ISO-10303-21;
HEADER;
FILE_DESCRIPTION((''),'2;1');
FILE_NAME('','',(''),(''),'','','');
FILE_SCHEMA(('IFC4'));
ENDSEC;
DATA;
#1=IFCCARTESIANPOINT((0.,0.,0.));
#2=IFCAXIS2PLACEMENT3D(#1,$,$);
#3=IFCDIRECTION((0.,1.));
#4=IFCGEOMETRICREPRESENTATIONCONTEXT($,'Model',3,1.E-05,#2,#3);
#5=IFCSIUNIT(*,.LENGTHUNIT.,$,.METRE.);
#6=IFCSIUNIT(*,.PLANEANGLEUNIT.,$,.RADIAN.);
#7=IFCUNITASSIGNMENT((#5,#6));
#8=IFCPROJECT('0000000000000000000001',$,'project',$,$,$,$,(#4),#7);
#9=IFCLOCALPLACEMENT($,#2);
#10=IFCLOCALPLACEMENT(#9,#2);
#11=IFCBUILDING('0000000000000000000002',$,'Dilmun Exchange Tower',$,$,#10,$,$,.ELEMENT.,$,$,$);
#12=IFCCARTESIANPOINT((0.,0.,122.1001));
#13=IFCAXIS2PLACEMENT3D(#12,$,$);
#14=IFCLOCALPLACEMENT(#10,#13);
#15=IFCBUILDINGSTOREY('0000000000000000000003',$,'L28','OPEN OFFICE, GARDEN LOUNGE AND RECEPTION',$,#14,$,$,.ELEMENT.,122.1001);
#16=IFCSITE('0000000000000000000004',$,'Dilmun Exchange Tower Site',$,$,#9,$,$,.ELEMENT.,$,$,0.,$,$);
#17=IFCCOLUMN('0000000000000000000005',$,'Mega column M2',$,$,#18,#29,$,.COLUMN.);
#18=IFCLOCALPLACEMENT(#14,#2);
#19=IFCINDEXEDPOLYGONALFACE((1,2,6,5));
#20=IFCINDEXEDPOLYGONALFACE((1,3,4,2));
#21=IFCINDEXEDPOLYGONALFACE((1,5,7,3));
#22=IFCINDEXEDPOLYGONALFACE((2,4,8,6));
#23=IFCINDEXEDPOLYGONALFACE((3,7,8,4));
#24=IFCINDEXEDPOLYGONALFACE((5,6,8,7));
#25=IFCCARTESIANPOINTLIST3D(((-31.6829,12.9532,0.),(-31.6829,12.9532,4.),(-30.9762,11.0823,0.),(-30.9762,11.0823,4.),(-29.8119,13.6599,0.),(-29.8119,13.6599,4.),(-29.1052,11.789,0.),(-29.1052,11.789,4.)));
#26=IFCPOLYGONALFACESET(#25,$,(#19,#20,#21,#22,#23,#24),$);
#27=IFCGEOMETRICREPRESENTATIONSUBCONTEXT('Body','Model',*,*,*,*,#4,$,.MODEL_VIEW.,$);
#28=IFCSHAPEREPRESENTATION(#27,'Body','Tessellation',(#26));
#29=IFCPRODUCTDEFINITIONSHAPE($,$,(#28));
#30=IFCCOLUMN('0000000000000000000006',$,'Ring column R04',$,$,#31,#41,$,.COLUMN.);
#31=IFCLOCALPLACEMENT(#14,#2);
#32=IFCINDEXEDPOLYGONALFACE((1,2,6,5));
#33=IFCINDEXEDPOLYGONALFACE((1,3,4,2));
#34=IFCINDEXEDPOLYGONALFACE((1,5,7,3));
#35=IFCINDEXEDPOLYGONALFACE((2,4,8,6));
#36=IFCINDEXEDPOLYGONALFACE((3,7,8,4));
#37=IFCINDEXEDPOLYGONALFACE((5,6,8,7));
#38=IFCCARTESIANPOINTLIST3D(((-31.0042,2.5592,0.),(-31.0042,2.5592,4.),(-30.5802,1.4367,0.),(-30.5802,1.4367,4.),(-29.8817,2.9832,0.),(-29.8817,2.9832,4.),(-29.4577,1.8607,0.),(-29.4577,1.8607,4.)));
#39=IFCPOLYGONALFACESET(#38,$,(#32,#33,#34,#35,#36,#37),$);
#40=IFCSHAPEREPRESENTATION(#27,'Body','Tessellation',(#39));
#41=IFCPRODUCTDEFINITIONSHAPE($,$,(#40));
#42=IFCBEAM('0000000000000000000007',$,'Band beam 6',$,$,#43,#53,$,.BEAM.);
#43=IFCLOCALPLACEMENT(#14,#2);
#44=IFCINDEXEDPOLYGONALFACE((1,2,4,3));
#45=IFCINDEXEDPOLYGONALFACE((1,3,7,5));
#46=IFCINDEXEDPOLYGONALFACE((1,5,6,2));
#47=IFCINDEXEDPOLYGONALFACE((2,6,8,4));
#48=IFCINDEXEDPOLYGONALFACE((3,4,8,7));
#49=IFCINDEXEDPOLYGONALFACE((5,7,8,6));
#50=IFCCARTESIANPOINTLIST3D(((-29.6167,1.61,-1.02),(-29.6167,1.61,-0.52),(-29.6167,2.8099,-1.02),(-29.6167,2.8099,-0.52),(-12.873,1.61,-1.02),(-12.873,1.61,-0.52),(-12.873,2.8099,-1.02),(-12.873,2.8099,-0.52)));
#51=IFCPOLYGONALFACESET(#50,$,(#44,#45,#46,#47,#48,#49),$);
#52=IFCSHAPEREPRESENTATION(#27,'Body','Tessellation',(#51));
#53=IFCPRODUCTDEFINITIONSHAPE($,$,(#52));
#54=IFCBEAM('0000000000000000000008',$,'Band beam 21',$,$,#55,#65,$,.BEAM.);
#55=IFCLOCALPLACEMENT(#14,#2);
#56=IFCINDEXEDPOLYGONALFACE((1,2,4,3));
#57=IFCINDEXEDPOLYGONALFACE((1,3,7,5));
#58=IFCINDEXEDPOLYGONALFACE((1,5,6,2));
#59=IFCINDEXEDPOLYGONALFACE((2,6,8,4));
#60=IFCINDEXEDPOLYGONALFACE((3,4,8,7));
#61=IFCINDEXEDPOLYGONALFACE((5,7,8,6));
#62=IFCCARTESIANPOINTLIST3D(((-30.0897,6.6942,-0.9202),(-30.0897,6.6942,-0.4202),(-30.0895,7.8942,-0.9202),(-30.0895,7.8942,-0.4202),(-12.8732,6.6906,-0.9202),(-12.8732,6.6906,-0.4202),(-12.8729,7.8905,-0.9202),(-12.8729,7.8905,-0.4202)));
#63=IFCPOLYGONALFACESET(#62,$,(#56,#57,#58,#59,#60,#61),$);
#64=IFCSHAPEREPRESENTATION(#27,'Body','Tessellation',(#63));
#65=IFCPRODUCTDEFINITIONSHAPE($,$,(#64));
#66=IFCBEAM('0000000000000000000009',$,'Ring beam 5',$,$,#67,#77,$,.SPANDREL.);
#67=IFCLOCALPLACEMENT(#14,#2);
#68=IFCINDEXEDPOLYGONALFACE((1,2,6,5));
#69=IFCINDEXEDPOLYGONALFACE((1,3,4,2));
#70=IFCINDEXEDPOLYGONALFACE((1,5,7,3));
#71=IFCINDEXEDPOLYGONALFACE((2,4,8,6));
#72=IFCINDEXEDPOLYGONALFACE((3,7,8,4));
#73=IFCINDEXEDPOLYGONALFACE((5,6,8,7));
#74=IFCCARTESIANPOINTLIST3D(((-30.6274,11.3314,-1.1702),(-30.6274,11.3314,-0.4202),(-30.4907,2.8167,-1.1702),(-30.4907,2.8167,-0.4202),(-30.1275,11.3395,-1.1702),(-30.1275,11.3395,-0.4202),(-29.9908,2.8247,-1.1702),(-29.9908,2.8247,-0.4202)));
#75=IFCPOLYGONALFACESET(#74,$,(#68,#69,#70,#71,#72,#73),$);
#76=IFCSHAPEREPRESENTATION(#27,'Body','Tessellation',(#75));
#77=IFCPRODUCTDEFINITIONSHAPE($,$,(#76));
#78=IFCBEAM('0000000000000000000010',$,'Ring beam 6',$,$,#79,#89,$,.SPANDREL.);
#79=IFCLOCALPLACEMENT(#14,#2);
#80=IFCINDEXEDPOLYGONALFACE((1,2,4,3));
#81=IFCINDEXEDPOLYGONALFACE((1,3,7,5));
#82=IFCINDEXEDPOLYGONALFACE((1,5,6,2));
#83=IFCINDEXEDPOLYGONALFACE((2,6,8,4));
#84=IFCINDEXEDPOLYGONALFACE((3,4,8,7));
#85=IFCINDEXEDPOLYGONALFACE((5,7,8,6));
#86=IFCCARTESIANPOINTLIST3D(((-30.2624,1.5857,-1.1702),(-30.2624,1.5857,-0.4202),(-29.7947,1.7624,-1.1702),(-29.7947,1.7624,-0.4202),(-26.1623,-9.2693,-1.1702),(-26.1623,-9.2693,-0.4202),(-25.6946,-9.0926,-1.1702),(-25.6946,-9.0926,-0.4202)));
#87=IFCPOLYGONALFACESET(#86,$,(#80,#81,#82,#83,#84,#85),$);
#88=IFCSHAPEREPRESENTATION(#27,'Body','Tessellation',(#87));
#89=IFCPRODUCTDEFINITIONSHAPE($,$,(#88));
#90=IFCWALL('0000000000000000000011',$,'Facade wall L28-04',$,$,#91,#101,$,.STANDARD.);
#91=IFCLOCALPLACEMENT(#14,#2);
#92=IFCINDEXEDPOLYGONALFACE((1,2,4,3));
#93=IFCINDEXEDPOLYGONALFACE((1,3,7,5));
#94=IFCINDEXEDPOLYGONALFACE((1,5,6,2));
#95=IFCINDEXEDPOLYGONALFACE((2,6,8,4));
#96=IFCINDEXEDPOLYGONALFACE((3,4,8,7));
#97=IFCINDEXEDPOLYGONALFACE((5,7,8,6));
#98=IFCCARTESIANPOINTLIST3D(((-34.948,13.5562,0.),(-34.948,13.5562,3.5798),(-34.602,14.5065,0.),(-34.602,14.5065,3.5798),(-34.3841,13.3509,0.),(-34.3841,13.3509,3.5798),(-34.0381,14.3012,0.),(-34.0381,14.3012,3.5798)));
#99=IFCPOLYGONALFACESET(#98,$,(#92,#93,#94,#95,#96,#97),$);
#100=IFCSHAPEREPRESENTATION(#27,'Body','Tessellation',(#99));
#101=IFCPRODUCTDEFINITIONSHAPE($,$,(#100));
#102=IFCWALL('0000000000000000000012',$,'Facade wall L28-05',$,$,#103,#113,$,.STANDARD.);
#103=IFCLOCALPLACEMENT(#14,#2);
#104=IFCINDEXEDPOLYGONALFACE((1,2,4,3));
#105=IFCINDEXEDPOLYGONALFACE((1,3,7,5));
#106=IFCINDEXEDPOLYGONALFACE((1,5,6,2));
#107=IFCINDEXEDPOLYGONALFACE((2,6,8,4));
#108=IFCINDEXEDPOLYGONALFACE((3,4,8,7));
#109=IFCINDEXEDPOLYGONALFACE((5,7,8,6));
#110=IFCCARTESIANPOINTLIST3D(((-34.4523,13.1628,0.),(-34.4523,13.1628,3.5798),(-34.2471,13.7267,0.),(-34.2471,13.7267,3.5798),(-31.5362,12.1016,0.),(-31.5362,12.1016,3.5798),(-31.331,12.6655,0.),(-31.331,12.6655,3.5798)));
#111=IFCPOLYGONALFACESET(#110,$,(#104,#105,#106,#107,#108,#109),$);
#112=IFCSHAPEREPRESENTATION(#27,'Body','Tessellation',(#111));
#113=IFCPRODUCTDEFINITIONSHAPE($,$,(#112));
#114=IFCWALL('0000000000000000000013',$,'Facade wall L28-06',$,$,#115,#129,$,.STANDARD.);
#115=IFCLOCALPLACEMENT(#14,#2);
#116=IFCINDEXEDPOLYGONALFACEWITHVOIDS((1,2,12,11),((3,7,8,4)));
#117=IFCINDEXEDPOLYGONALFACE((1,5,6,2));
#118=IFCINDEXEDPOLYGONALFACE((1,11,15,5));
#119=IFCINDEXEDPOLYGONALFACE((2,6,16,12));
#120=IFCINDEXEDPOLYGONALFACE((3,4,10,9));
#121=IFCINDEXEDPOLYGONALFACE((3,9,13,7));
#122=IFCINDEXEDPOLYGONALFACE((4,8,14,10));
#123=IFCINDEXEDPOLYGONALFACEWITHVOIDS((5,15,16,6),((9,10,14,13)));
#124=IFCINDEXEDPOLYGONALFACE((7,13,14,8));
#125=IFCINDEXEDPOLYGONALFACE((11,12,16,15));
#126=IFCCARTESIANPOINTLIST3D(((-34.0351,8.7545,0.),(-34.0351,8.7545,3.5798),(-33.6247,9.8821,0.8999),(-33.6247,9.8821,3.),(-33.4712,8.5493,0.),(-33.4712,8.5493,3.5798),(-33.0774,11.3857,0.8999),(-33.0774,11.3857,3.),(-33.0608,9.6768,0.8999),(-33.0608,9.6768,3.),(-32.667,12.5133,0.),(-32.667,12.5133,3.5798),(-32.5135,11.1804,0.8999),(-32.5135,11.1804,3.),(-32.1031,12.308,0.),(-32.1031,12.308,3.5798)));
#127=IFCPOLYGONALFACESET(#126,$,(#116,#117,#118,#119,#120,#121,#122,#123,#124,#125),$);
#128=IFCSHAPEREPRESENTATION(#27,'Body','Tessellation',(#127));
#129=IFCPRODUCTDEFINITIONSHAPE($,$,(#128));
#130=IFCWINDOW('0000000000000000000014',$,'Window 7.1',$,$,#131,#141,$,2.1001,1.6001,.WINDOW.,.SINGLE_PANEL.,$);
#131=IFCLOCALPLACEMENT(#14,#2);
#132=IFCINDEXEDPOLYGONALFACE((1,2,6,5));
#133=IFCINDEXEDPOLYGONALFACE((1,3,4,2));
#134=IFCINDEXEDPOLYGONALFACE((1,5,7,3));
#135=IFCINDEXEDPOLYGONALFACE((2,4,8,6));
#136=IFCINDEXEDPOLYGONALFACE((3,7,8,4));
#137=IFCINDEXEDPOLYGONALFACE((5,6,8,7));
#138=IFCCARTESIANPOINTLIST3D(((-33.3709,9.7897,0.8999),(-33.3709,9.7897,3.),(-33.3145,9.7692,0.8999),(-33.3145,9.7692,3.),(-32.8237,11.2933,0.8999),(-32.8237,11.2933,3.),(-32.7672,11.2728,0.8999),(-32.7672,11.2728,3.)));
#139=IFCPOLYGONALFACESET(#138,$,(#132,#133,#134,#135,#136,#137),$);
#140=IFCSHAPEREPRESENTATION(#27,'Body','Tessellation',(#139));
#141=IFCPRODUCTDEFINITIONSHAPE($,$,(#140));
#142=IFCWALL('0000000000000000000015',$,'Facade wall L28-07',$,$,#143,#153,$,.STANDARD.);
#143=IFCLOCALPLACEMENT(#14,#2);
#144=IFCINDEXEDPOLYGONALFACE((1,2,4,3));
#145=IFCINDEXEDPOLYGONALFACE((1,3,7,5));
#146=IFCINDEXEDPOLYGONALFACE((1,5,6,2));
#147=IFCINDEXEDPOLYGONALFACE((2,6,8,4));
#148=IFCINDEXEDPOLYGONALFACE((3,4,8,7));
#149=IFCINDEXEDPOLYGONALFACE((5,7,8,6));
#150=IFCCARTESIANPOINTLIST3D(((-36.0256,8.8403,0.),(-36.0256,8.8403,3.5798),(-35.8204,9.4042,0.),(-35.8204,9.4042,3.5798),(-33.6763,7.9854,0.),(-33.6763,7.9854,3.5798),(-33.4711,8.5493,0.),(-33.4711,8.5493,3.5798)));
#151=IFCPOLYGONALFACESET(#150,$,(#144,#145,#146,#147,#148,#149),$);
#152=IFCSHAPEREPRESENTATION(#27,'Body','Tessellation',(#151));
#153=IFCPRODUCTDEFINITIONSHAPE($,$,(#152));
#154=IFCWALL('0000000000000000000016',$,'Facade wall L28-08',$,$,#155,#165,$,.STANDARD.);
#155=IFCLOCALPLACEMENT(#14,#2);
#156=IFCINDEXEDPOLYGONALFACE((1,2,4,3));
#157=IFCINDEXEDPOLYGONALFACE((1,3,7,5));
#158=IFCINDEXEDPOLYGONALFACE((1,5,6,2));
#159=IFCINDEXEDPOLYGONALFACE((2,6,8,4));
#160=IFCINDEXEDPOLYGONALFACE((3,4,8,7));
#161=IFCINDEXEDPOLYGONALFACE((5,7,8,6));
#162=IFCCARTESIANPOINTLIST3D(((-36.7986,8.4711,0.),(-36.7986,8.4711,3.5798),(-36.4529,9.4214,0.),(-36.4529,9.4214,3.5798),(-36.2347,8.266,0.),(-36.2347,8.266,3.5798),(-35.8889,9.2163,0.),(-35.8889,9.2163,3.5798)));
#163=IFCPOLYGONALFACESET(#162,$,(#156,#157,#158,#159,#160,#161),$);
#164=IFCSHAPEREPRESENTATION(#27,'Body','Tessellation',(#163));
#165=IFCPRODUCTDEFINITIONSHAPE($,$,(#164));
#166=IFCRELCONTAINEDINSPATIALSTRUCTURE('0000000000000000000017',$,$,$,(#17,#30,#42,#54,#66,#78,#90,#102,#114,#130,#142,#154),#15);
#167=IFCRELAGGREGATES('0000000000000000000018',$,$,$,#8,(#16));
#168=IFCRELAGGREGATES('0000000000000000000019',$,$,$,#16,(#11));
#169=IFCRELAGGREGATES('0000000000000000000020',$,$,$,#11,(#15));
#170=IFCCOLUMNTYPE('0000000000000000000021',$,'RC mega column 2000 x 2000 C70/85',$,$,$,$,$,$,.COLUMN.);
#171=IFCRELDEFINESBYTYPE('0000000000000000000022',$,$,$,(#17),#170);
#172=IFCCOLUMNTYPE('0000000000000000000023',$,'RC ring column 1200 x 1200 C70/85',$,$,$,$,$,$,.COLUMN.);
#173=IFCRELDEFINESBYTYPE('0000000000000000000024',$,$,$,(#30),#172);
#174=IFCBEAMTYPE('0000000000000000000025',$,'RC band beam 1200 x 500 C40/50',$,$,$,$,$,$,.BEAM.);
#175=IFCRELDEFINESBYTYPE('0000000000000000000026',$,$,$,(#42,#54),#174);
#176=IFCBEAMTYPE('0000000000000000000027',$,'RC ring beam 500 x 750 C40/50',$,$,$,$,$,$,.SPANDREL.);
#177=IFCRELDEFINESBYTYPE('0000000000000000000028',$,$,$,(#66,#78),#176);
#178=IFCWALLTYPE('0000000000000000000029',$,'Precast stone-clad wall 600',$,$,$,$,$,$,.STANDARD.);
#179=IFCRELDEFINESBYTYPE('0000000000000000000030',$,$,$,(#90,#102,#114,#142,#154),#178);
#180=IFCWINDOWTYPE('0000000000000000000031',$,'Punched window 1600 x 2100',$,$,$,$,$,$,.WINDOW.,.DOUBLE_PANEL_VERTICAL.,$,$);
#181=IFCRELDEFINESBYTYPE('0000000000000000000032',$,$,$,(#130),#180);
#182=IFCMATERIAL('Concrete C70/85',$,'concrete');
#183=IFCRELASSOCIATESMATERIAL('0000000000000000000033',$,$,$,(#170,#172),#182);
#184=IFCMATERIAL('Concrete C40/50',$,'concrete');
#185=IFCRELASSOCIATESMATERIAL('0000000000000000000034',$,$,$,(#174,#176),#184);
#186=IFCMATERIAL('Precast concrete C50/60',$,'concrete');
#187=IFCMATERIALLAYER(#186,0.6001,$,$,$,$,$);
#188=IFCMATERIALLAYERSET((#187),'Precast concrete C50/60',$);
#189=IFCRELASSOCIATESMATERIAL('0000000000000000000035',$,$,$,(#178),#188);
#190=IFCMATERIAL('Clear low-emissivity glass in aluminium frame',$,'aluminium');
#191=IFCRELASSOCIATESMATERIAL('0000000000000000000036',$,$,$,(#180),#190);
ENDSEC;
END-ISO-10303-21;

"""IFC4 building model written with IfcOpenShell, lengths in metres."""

from ifc_helpers import new_model, si_unit, direction, frame, frame_2d, origin, origin_2d, place, context, subcontext, project, spatial, rectangle, extrude, material, layer, layer_set, material_profile, profile_set, type_object, element, fill, save


model = new_model("IFC4")

# Units and contexts
model_context = context("Model", 3, precision=1e-05, world=origin(), true_north=direction((0.0, 1.0)))
body_context = subcontext(model_context, "Body", "Model", "MODEL_VIEW")
ifc_project = project(units=[si_unit("LENGTHUNIT", "METRE"), si_unit("PLANEANGLEUNIT", "RADIAN")], contexts=[model_context])

# Site, building, storey
site_placement = place(None, origin())
site = spatial("IfcSite", under=ifc_project, at=site_placement, Name="Dilmun Exchange Tower Site", CompositionType="ELEMENT", RefElevation=0.0)
building_placement = place(site_placement, origin())
building = spatial("IfcBuilding", under=site, at=building_placement, Name="Dilmun Exchange Tower", CompositionType="ELEMENT")
storey_placement = place(building_placement, frame((0.0, 0.0, 122.1001)))
storey = spatial("IfcBuildingStorey", under=building, at=storey_placement, Name="L28", Description="OPEN OFFICE, GARDEN LOUNGE AND RECEPTION", CompositionType="ELEMENT", Elevation=122.1001)

# Columns
ifc_material_1 = material(Name="Concrete C70/85", Category="concrete")
ifc_material_profile_1 = material_profile(ifc_material_1, rectangle(XDim=2.0, YDim=2.0, at=origin_2d()), Name="2000 x 2000")
ifc_profile_set_1 = profile_set([ifc_material_profile_1], Name="Concrete C70/85")
column_type_1 = type_object("IfcColumnType", Name="RC mega column 2000 x 2000 C70/85", PredefinedType="COLUMN", material=ifc_profile_set_1)
column_1_placement = place(storey_placement, frame((-30.394, 12.3711, 0.0), z_axis=(0.0, 0.0, 1.0), x_axis=(0.935492, 0.353349, 0.0)))
element("IfcColumn", 1, at=column_1_placement, inside=storey, type_object=column_type_1, Name="Mega column M2", PredefinedType="COLUMN", context=body_context, shape_type="SweptSolid", body=[
    extrude(rectangle(XDim=2.0, YDim=2.0, at=origin_2d()), origin(), (0.0, 0.0, 1.0), 4.0),
])
ifc_material_profile_2 = material_profile(ifc_material_1, rectangle(XDim=1.2, YDim=1.2, at=origin_2d()), Name="1200 x 1200")
ifc_profile_set_2 = profile_set([ifc_material_profile_2], Name="Concrete C70/85")
column_type_2 = type_object("IfcColumnType", Name="RC ring column 1200 x 1200 C70/85", PredefinedType="COLUMN", material=ifc_profile_set_2)
column_2_placement = place(storey_placement, frame((-30.231, 2.21, 0.0), z_axis=(0.0, 0.0, 1.0), x_axis=(0.935492, 0.353349, 0.0)))
element("IfcColumn", 2, at=column_2_placement, inside=storey, type_object=column_type_2, Name="Ring column R04", PredefinedType="COLUMN", context=body_context, shape_type="SweptSolid", body=[
    extrude(rectangle(XDim=1.2, YDim=1.2, at=origin_2d()), origin(), (0.0, 0.0, 1.0), 4.0),
])

# Beams
ifc_material_2 = material(Name="Concrete C40/50", Category="concrete")
ifc_material_profile_3 = material_profile(ifc_material_2, rectangle(XDim=1.2, YDim=0.5, at=origin_2d()), Name="1200 x 500")
ifc_profile_set_3 = profile_set([ifc_material_profile_3], Name="Concrete C40/50")
beam_type_1 = type_object("IfcBeamType", Name="RC band beam 1200 x 500 C40/50", PredefinedType="BEAM", material=ifc_profile_set_3)
beam_1_placement = place(storey_placement, frame((-29.6167, 2.21, -0.77), z_axis=(1.0, 0.0, 0.0), x_axis=(0.0, 1.0, 0.0)))
element("IfcBeam", 3, at=beam_1_placement, inside=storey, type_object=beam_type_1, Name="Band beam 6", PredefinedType="BEAM", context=body_context, shape_type="SweptSolid", body=[
    extrude(rectangle(XDim=1.2, YDim=0.5, at=origin_2d()), origin(), (0.0, 0.0, 1.0), 16.7437),
])
beam_2_placement = place(storey_placement, frame((-30.0896, 7.2942, -0.6702), z_axis=(1.0, -0.000213, 0.0), x_axis=(0.000213, 1.0, 0.0)))
element("IfcBeam", 4, at=beam_2_placement, inside=storey, type_object=beam_type_1, Name="Band beam 21", PredefinedType="BEAM", context=body_context, shape_type="SweptSolid", body=[
    extrude(rectangle(XDim=1.2, YDim=0.5, at=origin_2d()), origin(), (0.0, 0.0, 1.0), 17.2166),
])
ifc_material_profile_4 = material_profile(ifc_material_2, rectangle(XDim=0.5, YDim=0.75, at=origin_2d()), Name="500 x 750")
ifc_profile_set_4 = profile_set([ifc_material_profile_4], Name="Concrete C40/50")
beam_type_2 = type_object("IfcBeamType", Name="RC ring beam 500 x 750 C40/50", PredefinedType="SPANDREL", material=ifc_profile_set_4)
beam_3_placement = place(storey_placement, frame((-30.3774, 11.3354, -0.7952), z_axis=(0.016054, -0.999871, 0.0), x_axis=(0.999871, 0.016054, 0.0)))
element("IfcBeam", 5, at=beam_3_placement, inside=storey, type_object=beam_type_2, Name="Ring beam 5", PredefinedType="SPANDREL", context=body_context, shape_type="SweptSolid", body=[
    extrude(rectangle(XDim=0.5, YDim=0.75, at=origin_2d()), origin(), (0.0, 0.0, 1.0), 8.5159),
])
beam_4_placement = place(storey_placement, frame((-30.0286, 1.6741, -0.7952), z_axis=(0.35335, -0.935491, 0.0), x_axis=(0.935491, 0.35335, 0.0)))
element("IfcBeam", 6, at=beam_4_placement, inside=storey, type_object=beam_type_2, Name="Ring beam 6", PredefinedType="SPANDREL", context=body_context, shape_type="SweptSolid", body=[
    extrude(rectangle(XDim=0.5, YDim=0.75, at=origin_2d()), origin(), (0.0, 0.0, 1.0), 11.6035),
])

# Walls
ifc_material_3 = material(Name="Precast concrete C50/60", Category="concrete")
ifc_layer = layer(ifc_material_3, 0.6001)
ifc_layer_set = layer_set([ifc_layer], Name="Precast concrete C50/60")
wall_type = type_object("IfcWallType", Name="Precast stone-clad wall 600", PredefinedType="STANDARD", material=ifc_layer_set)
wall_1_placement = place(storey_placement, frame((-34.3201, 14.4038, 0.0), z_axis=(0.0, 0.0, 1.0), x_axis=(-0.342111, -0.939659, 0.0)))
element("IfcWall", 7, at=wall_1_placement, inside=storey, type_object=wall_type, Name="Facade wall L28-04", PredefinedType="STANDARD", context=body_context, shape_type="SweptSolid", body=[
    extrude(rectangle(XDim=1.0112, YDim=0.6001, at=frame_2d((0.5056, 0.0))), origin(), (0.0, 0.0, 1.0), 3.5798),
])
wall_2_placement = place(storey_placement, frame((-34.3499, 13.4448, 0.0), z_axis=(0.0, 0.0, 1.0), x_axis=(0.939708, -0.341977, 0.0)))
element("IfcWall", 8, at=wall_2_placement, inside=storey, type_object=wall_type, Name="Facade wall L28-05", PredefinedType="STANDARD", context=body_context, shape_type="SweptSolid", body=[
    extrude(rectangle(XDim=3.1033, YDim=0.6001, at=frame_2d((1.5518, 0.0))), origin(), (0.0, 0.0, 1.0), 3.5798),
])

# Wall, opening, window
wall_3_placement = place(storey_placement, frame((-32.385, 12.4106, 0.0), z_axis=(0.0, 0.0, 1.0), x_axis=(-0.342037, -0.939686, 0.0)))
wall_3 = element("IfcWall", 9, at=wall_3_placement, inside=storey, type_object=wall_type, Name="Facade wall L28-06", PredefinedType="STANDARD", context=body_context, shape_type="SweptSolid", body=[
    extrude(rectangle(XDim=4.0, YDim=0.6001, at=frame_2d((2.0, 0.0))), origin(), (0.0, 0.0, 1.0), 3.5798),
])
opening_1_placement = place(wall_3_placement, frame((1.2, 0.0, 0.8999)))
opening_1 = element("IfcOpeningElement", 10, at=opening_1_placement, cuts=wall_3, PredefinedType="OPENING", context=body_context, shape_type="SweptSolid", body=[
    extrude(rectangle(XDim=1.6001, YDim=2.1001, at=frame_2d((0.8, 1.05))), frame((0.0, 0.3101, 0.0), z_axis=(0.0, -1.0, 0.0), x_axis=(1.0, 0.0, 0.0)), (0.0, 0.0, 1.0), 0.6201),
])
ifc_material_4 = material(Name="Clear low-emissivity glass in aluminium frame", Category="aluminium")
window_type_1 = type_object("IfcWindowType", Name="Punched window 1600 x 2100", PartitioningType="DOUBLE_PANEL_VERTICAL", PredefinedType="WINDOW", material=ifc_material_4)
window_1_placement = place(opening_1_placement, origin())
window_1 = element("IfcWindow", 11, at=window_1_placement, inside=storey, type_object=window_type_1, Name="Window 7.1", OverallHeight=2.1001, OverallWidth=1.6001, PartitioningType="SINGLE_PANEL", PredefinedType="WINDOW", context=body_context, shape_type="SweptSolid", body=[
    extrude(rectangle(XDim=1.6001, YDim=2.1001, at=frame_2d((0.8, 1.05))), frame((0.0, 0.03, 0.0), z_axis=(0.0, -1.0, 0.0), x_axis=(1.0, 0.0, 0.0)), (0.0, 0.0, 1.0), 0.0601),
])
fill(opening_1, window_1)

# Walls
wall_4_placement = place(storey_placement, frame((-33.5737, 8.2673, 0.0), z_axis=(0.0, 0.0, 1.0), x_axis=(-0.939708, 0.341978, 0.0)))
element("IfcWall", 12, at=wall_4_placement, inside=storey, type_object=wall_type, Name="Facade wall L28-07", PredefinedType="STANDARD", context=body_context, shape_type="SweptSolid", body=[
    extrude(rectangle(XDim=2.5, YDim=0.6001, at=frame_2d((1.25, 0.0))), origin(), (0.0, 0.0, 1.0), 3.5798),
])
wall_5_placement = place(storey_placement, frame((-36.1709, 9.3188, 0.0), z_axis=(0.0, 0.0, 1.0), x_axis=(-0.341898, -0.939737, 0.0)))
element("IfcWall", 13, at=wall_5_placement, inside=storey, type_object=wall_type, Name="Facade wall L28-08", PredefinedType="STANDARD", context=body_context, shape_type="SweptSolid", body=[
    extrude(rectangle(XDim=1.0112, YDim=0.6001, at=frame_2d((0.5056, 0.0))), origin(), (0.0, 0.0, 1.0), 3.5798),
])

save(model, "model.ifc")
